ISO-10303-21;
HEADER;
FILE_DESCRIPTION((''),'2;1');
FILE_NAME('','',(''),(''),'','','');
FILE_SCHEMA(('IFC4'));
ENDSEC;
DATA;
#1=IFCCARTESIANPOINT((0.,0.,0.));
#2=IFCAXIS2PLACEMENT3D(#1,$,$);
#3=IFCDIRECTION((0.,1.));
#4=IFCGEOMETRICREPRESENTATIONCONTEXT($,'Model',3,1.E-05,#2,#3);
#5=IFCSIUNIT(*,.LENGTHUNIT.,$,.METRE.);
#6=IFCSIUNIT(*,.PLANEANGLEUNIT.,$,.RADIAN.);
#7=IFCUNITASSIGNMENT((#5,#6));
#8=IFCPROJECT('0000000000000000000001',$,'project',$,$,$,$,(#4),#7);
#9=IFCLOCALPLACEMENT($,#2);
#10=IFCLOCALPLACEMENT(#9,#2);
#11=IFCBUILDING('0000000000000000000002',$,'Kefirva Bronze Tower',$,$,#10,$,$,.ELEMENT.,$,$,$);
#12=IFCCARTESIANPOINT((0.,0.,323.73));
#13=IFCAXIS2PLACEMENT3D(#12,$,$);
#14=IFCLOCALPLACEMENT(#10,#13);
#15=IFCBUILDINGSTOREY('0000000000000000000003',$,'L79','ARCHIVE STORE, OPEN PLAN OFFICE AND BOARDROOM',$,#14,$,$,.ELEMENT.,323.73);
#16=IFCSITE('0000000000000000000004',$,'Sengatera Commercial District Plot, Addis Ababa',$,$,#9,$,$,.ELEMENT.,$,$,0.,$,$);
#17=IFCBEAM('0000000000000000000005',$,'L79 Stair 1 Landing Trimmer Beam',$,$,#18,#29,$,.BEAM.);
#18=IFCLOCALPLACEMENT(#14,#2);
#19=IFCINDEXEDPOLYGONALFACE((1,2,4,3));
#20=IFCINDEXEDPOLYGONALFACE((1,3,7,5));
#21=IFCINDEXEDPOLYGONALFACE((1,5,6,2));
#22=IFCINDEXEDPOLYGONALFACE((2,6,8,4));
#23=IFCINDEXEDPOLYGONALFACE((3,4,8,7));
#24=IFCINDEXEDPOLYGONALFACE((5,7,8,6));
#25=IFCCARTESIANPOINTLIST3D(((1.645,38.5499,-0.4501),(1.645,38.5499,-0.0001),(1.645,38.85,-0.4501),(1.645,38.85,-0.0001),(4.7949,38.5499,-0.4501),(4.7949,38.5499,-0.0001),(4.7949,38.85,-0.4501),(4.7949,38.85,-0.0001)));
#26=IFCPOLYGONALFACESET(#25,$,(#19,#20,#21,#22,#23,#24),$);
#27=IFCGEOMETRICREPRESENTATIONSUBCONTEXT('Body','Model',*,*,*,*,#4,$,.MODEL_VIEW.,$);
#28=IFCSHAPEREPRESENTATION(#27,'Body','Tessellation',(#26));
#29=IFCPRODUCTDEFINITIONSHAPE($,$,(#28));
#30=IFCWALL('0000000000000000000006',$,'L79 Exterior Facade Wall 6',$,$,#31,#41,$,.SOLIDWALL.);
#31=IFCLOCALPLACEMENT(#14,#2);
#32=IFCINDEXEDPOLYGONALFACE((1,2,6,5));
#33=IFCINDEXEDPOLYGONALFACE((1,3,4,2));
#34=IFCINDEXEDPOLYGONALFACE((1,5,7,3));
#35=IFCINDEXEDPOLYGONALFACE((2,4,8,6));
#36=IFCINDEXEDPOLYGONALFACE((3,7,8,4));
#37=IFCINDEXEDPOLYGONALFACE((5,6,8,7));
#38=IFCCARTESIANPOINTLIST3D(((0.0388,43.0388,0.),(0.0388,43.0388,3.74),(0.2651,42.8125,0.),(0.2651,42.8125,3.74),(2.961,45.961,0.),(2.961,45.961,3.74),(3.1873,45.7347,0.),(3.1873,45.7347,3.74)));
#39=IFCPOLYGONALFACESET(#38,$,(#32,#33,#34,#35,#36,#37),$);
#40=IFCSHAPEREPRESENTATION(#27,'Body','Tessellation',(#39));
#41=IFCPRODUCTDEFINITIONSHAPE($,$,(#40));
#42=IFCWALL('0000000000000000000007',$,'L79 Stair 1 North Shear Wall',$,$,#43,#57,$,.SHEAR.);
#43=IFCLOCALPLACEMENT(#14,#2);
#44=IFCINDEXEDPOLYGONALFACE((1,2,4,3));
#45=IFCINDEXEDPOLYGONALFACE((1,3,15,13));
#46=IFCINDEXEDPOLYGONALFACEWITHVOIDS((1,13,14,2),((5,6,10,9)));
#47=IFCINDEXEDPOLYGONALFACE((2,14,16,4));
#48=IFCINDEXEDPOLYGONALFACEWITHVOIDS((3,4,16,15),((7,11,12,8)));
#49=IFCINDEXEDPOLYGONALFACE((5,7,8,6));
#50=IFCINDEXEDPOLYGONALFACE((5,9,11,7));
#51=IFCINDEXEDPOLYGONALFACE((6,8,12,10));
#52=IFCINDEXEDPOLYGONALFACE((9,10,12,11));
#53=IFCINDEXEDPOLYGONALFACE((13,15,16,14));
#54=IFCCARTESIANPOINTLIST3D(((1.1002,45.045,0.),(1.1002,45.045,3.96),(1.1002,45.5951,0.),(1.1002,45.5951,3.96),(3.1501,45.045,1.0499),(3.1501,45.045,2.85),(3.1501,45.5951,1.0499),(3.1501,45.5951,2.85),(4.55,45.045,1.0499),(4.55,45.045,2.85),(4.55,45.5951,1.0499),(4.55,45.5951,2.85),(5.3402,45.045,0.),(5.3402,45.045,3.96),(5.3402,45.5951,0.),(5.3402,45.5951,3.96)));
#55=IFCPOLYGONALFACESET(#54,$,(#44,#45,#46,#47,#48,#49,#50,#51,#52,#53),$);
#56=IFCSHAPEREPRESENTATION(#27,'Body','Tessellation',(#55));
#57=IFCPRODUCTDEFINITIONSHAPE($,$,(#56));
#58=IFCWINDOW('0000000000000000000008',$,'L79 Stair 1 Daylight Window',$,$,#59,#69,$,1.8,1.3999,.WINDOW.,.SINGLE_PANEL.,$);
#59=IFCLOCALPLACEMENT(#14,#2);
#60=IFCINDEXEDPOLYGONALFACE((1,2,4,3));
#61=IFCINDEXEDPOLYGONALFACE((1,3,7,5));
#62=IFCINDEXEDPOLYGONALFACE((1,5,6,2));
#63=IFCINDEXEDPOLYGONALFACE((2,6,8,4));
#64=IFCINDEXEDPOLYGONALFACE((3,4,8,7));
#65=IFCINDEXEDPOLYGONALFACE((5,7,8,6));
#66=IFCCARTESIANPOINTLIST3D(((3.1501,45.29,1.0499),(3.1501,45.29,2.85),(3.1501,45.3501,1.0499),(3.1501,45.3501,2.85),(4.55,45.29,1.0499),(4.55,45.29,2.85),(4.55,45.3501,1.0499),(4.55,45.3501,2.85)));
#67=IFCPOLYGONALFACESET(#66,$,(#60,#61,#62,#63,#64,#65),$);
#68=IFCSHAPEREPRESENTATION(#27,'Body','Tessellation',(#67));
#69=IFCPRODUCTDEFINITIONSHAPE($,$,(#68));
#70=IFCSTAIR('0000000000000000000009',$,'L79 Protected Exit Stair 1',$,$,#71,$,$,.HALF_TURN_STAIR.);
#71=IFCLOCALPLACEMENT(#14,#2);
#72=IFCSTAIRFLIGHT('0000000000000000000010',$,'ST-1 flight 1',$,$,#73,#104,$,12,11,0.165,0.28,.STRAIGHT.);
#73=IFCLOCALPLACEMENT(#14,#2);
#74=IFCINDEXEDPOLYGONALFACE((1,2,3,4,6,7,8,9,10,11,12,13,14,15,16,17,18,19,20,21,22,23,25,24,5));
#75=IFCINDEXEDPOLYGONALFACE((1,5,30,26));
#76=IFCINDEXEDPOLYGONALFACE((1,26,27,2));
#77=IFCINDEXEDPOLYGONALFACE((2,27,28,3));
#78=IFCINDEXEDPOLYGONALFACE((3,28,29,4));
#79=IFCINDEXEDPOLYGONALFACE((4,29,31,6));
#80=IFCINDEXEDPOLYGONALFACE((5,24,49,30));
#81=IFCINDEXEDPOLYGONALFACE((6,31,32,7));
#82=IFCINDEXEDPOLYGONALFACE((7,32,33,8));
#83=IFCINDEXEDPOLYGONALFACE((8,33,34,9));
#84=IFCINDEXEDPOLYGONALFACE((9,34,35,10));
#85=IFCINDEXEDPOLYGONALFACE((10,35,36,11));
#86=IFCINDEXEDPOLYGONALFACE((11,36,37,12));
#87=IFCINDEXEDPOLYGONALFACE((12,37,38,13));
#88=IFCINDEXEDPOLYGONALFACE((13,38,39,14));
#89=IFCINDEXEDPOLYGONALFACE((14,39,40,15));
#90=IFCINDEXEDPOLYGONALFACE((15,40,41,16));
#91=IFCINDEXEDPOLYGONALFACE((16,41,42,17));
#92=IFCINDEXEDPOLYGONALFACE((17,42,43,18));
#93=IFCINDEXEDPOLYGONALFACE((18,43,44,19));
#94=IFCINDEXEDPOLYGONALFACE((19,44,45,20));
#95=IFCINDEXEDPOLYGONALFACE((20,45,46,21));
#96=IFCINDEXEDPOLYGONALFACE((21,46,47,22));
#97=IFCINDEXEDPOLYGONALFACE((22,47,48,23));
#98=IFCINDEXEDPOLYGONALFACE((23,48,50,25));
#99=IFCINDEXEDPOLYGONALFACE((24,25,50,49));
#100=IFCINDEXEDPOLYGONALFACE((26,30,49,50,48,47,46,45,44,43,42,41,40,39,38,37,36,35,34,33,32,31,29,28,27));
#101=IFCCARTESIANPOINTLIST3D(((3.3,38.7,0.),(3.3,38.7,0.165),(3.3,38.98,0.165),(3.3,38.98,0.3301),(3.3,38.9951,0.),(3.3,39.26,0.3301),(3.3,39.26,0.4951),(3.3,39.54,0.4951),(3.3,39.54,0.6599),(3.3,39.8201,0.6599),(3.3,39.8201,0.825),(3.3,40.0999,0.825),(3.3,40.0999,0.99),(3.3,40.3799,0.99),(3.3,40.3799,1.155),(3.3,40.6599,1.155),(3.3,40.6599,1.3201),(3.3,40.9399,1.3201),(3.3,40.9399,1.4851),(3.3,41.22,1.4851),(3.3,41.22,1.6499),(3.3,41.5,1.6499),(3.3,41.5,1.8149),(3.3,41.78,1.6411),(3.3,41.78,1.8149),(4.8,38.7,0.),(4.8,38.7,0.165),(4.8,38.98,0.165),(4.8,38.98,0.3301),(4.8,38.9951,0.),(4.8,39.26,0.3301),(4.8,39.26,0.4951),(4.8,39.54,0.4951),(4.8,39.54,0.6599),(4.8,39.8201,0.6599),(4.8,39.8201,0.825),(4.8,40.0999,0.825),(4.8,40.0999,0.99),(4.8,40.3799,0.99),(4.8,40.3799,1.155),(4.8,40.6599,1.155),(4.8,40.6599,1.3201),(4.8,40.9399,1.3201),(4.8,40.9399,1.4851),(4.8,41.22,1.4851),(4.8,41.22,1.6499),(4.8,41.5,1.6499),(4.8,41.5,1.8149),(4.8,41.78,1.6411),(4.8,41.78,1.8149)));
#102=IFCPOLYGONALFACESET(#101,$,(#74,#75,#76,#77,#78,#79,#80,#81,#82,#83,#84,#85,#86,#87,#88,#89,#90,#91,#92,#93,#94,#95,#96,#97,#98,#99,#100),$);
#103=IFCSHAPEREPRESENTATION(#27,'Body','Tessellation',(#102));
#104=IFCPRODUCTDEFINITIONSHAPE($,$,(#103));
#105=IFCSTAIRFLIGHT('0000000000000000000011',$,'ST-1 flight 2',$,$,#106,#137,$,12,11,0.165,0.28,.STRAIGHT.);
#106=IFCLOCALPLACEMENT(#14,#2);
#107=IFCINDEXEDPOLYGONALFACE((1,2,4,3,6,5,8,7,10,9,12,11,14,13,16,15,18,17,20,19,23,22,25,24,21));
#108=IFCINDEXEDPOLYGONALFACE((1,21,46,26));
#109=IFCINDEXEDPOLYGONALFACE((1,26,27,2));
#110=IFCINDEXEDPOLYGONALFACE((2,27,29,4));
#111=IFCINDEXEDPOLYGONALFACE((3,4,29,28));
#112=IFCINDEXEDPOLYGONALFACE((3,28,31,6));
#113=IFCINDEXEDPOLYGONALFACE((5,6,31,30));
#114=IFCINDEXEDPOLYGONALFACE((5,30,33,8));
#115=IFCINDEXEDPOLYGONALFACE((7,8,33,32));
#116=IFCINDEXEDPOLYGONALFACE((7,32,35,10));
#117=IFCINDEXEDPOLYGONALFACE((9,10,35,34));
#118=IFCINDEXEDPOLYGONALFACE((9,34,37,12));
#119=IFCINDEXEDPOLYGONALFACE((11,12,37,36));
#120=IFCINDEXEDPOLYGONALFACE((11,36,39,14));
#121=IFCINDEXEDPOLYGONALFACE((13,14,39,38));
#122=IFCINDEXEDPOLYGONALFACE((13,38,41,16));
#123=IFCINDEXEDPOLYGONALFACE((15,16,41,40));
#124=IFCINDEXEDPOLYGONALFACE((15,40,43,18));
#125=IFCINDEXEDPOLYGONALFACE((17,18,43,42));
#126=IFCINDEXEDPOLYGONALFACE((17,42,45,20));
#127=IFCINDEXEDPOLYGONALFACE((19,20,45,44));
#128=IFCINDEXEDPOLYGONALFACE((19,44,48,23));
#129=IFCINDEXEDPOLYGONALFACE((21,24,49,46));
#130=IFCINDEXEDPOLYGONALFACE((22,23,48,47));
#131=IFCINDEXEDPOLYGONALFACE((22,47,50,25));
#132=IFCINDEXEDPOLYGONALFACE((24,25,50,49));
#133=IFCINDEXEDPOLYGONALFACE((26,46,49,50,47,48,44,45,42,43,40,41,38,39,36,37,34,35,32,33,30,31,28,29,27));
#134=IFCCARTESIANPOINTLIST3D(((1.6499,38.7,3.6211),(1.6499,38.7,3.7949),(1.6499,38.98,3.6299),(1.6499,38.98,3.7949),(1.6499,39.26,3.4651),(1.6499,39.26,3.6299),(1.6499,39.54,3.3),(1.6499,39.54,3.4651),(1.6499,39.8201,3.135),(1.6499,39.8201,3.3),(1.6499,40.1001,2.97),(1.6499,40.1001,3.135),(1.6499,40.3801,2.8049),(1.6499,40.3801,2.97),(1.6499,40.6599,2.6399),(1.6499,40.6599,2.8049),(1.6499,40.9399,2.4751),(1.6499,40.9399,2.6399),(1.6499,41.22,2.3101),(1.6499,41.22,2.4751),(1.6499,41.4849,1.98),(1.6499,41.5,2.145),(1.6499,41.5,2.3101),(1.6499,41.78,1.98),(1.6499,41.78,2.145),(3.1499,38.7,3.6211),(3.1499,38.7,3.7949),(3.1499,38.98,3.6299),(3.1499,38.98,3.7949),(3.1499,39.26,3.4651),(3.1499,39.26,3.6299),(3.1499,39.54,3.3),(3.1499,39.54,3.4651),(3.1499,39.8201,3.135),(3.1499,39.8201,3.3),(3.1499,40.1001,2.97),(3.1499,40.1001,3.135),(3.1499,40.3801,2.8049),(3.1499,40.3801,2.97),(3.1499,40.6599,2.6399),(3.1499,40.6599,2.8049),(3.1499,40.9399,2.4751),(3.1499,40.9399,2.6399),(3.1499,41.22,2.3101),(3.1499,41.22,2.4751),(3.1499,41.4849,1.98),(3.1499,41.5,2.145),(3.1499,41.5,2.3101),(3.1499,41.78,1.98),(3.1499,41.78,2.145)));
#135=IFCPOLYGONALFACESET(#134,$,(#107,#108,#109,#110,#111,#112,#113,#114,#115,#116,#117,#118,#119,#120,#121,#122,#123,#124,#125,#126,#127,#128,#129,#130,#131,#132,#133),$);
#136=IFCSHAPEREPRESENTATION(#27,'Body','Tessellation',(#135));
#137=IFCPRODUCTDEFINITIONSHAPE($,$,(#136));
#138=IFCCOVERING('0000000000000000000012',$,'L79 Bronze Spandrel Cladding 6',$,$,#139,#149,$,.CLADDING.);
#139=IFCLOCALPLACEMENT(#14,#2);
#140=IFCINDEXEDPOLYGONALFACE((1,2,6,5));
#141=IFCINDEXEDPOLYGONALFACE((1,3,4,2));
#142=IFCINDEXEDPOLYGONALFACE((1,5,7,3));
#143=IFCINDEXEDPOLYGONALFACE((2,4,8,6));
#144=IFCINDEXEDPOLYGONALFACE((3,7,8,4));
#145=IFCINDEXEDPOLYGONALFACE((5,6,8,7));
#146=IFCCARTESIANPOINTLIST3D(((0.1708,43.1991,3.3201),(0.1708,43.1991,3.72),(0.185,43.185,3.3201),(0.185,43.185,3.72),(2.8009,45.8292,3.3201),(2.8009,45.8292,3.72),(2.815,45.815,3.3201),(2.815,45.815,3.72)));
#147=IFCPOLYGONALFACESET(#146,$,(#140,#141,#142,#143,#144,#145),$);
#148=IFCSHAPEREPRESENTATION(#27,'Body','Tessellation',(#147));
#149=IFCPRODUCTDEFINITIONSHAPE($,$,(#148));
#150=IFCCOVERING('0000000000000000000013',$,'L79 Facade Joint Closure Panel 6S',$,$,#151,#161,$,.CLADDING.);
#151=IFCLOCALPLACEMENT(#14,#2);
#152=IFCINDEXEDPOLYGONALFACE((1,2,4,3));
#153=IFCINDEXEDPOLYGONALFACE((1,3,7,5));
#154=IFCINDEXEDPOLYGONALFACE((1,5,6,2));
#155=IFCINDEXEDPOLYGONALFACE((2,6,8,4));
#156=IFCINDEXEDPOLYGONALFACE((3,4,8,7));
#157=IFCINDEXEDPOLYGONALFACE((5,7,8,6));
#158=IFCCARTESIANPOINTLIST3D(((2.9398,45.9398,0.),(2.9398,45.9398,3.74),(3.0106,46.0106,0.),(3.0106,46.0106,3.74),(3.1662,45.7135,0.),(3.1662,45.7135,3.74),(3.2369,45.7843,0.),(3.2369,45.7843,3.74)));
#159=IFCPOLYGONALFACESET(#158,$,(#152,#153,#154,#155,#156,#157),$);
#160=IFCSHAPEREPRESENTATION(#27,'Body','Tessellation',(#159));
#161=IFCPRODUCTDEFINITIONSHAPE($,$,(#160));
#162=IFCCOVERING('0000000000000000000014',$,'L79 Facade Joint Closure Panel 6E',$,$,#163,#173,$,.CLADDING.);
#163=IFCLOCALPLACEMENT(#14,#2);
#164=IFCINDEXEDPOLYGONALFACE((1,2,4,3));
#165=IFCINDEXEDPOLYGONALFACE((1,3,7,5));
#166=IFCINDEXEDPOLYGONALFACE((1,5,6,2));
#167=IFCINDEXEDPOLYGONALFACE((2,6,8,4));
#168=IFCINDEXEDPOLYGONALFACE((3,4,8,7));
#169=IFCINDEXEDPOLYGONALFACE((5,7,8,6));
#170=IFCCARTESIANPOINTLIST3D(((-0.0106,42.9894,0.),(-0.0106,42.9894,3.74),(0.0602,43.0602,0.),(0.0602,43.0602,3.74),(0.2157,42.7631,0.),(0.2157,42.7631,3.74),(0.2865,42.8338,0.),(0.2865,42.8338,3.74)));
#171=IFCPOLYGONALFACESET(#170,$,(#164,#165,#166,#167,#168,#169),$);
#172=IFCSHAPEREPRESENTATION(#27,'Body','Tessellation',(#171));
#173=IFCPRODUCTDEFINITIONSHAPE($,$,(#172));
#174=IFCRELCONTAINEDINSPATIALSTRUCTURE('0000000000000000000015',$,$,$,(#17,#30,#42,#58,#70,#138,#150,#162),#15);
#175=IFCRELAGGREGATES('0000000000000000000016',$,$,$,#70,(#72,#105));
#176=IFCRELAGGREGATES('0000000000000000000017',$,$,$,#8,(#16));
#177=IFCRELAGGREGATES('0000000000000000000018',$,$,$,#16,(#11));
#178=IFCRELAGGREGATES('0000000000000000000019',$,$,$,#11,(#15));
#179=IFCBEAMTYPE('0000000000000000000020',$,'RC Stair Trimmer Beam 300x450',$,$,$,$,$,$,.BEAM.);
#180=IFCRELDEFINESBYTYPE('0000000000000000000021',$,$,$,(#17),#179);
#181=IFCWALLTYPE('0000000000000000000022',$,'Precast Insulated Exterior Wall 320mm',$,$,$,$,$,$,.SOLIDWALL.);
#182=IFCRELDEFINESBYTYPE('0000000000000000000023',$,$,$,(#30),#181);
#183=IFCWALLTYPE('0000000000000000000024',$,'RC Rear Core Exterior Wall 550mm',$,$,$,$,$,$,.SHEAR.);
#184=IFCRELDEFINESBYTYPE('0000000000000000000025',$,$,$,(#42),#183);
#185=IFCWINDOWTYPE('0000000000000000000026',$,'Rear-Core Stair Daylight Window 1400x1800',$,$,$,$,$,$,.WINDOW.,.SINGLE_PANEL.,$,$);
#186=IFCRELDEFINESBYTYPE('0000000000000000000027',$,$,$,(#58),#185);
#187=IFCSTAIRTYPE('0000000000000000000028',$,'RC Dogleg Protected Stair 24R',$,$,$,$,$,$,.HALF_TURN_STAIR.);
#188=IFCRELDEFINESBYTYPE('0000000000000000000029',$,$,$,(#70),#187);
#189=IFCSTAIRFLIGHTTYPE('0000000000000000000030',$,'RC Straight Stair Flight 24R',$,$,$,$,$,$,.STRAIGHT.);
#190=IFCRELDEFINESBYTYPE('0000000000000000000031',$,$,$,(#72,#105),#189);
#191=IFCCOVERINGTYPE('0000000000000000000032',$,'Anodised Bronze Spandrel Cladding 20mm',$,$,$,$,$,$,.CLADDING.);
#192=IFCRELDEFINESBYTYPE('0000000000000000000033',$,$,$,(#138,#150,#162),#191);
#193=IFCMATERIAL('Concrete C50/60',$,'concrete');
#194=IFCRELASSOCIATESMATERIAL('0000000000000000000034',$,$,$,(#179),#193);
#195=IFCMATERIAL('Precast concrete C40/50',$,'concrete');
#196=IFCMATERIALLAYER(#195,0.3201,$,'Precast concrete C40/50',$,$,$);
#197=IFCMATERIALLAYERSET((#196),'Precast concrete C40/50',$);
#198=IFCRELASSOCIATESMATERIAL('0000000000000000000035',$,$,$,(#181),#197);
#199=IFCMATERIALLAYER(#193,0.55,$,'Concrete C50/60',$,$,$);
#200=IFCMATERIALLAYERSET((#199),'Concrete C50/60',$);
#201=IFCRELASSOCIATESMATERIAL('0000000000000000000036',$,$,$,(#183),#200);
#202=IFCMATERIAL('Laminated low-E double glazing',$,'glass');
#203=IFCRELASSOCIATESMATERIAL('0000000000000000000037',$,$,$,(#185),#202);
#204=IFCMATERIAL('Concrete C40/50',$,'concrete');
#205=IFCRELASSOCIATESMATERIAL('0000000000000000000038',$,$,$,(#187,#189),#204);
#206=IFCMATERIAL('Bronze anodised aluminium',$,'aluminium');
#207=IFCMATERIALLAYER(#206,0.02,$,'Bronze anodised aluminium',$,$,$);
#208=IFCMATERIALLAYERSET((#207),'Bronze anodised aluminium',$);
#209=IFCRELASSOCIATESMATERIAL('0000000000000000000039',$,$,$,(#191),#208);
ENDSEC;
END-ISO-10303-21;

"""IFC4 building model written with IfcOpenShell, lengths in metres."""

from ifc_helpers import new_model, si_unit, direction, frame, frame_2d, origin, origin_2d, place, context, subcontext, project, spatial, polyline, rectangle, outline, extrude, material, layer, layer_set, material_profile, profile_set, type_object, element, fill, aggregate, save


model = new_model("IFC4")

# Units and contexts
model_context = context("Model", 3, precision=1e-05, world=origin(), true_north=direction((0.0, 1.0)))
body_context = subcontext(model_context, "Body", "Model", "MODEL_VIEW")
ifc_project = project(units=[si_unit("LENGTHUNIT", "METRE"), si_unit("PLANEANGLEUNIT", "RADIAN")], contexts=[model_context])

# Site, building, storey
site_placement = place(None, origin())
site = spatial("IfcSite", under=ifc_project, at=site_placement, Name="Sengatera Commercial District Plot, Addis Ababa", CompositionType="ELEMENT", RefElevation=0.0)
building_placement = place(site_placement, origin())
building = spatial("IfcBuilding", under=site, at=building_placement, Name="Kefirva Bronze Tower", CompositionType="ELEMENT")
storey_placement = place(building_placement, frame((0.0, 0.0, 323.73)))
storey = spatial("IfcBuildingStorey", under=building, at=storey_placement, Name="L79", Description="ARCHIVE STORE, OPEN PLAN OFFICE AND BOARDROOM", CompositionType="ELEMENT", Elevation=323.73)

# Beam
ifc_material_1 = material(Name="Concrete C50/60", Category="concrete")
ifc_material_profile = material_profile(ifc_material_1, rectangle(XDim=0.3, YDim=0.45, at=origin_2d()), Name="RC 300x450")
ifc_profile_set = profile_set([ifc_material_profile], Name="Concrete C50/60")
beam_type = type_object("IfcBeamType", Name="RC Stair Trimmer Beam 300x450", PredefinedType="BEAM", material=ifc_profile_set)
beam_placement = place(storey_placement, frame((1.645, 38.7, -0.2251), z_axis=(1.0, 0.0, 0.0), x_axis=(0.0, 1.0, 0.0)))
element("IfcBeam", 1, at=beam_placement, inside=storey, type_object=beam_type, Name="L79 Stair 1 Landing Trimmer Beam", PredefinedType="BEAM", context=body_context, shape_type="SweptSolid", body=[
    extrude(rectangle(XDim=0.3, YDim=0.45, at=origin_2d()), origin(), (0.0, 0.0, 1.0), 3.1499),
])

# Wall
ifc_material_2 = material(Name="Precast concrete C40/50", Category="concrete")
ifc_layer_1 = layer(ifc_material_2, 0.3201, Name="Precast concrete C40/50")
ifc_layer_set_1 = layer_set([ifc_layer_1], Name="Precast concrete C40/50")
wall_type_1 = type_object("IfcWallType", Name="Precast Insulated Exterior Wall 320mm", PredefinedType="SOLIDWALL", material=ifc_layer_set_1)
wall_1_placement = place(storey_placement, frame((3.0742, 45.8479, 0.0), z_axis=(0.0, 0.0, 1.0), x_axis=(-0.707107, -0.707107, 0.0)))
element("IfcWall", 2, at=wall_1_placement, inside=storey, type_object=wall_type_1, Name="L79 Exterior Facade Wall 6", PredefinedType="SOLIDWALL", context=body_context, shape_type="SweptSolid", body=[
    extrude(rectangle(XDim=4.1326, YDim=0.3201, at=frame_2d((2.0664, 0.0))), origin(), (0.0, 0.0, 1.0), 3.74),
])

# Wall, opening, window
ifc_layer_2 = layer(ifc_material_1, 0.55, Name="Concrete C50/60")
ifc_layer_set_2 = layer_set([ifc_layer_2], Name="Concrete C50/60")
wall_type_2 = type_object("IfcWallType", Name="RC Rear Core Exterior Wall 550mm", PredefinedType="SHEAR", material=ifc_layer_set_2)
wall_2_placement = place(storey_placement, frame((1.1001, 45.3201, 0.0), z_axis=(0.0, 0.0, 1.0), x_axis=(1.0, 0.0, 0.0)))
wall_2 = element("IfcWall", 3, at=wall_2_placement, inside=storey, type_object=wall_type_2, Name="L79 Stair 1 North Shear Wall", PredefinedType="SHEAR", context=body_context, shape_type="SweptSolid", body=[
    extrude(rectangle(XDim=4.24, YDim=0.55, at=frame_2d((2.1201, 0.0))), origin(), (0.0, 0.0, 1.0), 3.96),
])
opening_1_placement = place(wall_2_placement, frame((2.05, 0.0, 1.05)))
opening_1 = element("IfcOpeningElement", 4, at=opening_1_placement, cuts=wall_2, PredefinedType="OPENING", context=body_context, shape_type="SweptSolid", body=[
    extrude(rectangle(XDim=1.3999, YDim=1.8, at=frame_2d((0.7, 0.8999))), frame((0.0, 0.2852, 0.0), z_axis=(0.0, -1.0, 0.0), x_axis=(1.0, 0.0, 0.0)), (0.0, 0.0, 1.0), 0.5701),
])
ifc_material_3 = material(Name="Laminated low-E double glazing", Category="glass")
window_type = type_object("IfcWindowType", Name="Rear-Core Stair Daylight Window 1400x1800", PartitioningType="SINGLE_PANEL", PredefinedType="WINDOW", material=ifc_material_3)
window_placement = place(opening_1_placement, origin())
window = element("IfcWindow", 5, at=window_placement, inside=storey, type_object=window_type, Name="L79 Stair 1 Daylight Window", OverallHeight=1.8, OverallWidth=1.3999, PartitioningType="SINGLE_PANEL", PredefinedType="WINDOW", context=body_context, shape_type="SweptSolid", body=[
    extrude(rectangle(XDim=1.3999, YDim=1.8, at=frame_2d((0.7, 0.8999))), frame((0.0, 0.03, 0.0), z_axis=(0.0, -1.0, 0.0), x_axis=(1.0, 0.0, 0.0)), (0.0, 0.0, 1.0), 0.0601),
])
fill(opening_1, window)

# Stair, stair flights
ifc_material_4 = material(Name="Concrete C40/50", Category="concrete")
stair_type = type_object("IfcStairType", Name="RC Dogleg Protected Stair 24R", PredefinedType="HALF_TURN_STAIR", material=ifc_material_4)
stair_placement = place(storey_placement, origin())
stair = element("IfcStair", 6, at=stair_placement, inside=storey, type_object=stair_type, Name="L79 Protected Exit Stair 1", PredefinedType="HALF_TURN_STAIR")
stair_flight_type = type_object("IfcStairFlightType", Name="RC Straight Stair Flight 24R", PredefinedType="STRAIGHT", material=ifc_material_4)
stair_flight_1_placement = place(storey_placement, frame((4.05, 38.7, 0.0), z_axis=(0.0, 0.0, 1.0), x_axis=(0.0, 1.0, 0.0)))
stair_flight_1 = element("IfcStairFlight", 7, at=stair_flight_1_placement, type_object=stair_flight_type, Name="ST-1 flight 1", NumberOfRisers=12, NumberOfTreads=11, PredefinedType="STRAIGHT", RiserHeight=0.165, TreadLength=0.28, context=body_context, shape_type="SweptSolid", body=[
    extrude(outline(polyline([(0.0, 0.0), (0.0, 0.165), (0.28, 0.165), (0.28, 0.3301), (0.5601, 0.3301), (0.5601, 0.4951), (0.8401, 0.4951), (0.8401, 0.6599), (1.1201, 0.6599), (1.1201, 0.825), (1.3999, 0.825), (1.3999, 0.99), (1.6799, 0.99), (1.6799, 1.155), (1.96, 1.155), (1.96, 1.3201), (2.24, 1.3201), (2.24, 1.4851), (2.52, 1.4851), (2.52, 1.6499), (2.8, 1.6499), (2.8, 1.8149), (3.0801, 1.8149), (3.0801, 1.98), (3.0801, 1.6411), (0.2952, 0.0), (0.0, 0.0)])), frame((0.0, 0.75, 0.0), z_axis=(0.0, -1.0, 0.0), x_axis=(1.0, 0.0, 0.0)), (0.0, 0.0, 1.0), 1.5),
])
stair_flight_2_placement = place(storey_placement, frame((2.3999, 41.78, 1.98), z_axis=(0.0, 0.0, 1.0), x_axis=(0.0, -1.0, 0.0)))
stair_flight_2 = element("IfcStairFlight", 8, at=stair_flight_2_placement, type_object=stair_flight_type, Name="ST-1 flight 2", NumberOfRisers=12, NumberOfTreads=11, PredefinedType="STRAIGHT", RiserHeight=0.165, TreadLength=0.28, context=body_context, shape_type="SweptSolid", body=[
    extrude(outline(polyline([(0.0, 0.0), (0.0, 0.165), (0.28, 0.165), (0.28, 0.3301), (0.5601, 0.3301), (0.5601, 0.4951), (0.8401, 0.4951), (0.8401, 0.6599), (1.1201, 0.6599), (1.1201, 0.825), (1.3999, 0.825), (1.3999, 0.99), (1.6799, 0.99), (1.6799, 1.155), (1.96, 1.155), (1.96, 1.3201), (2.24, 1.3201), (2.24, 1.4851), (2.52, 1.4851), (2.52, 1.6499), (2.8, 1.6499), (2.8, 1.8149), (3.0801, 1.8149), (3.0801, 1.98), (3.0801, 1.6411), (0.2952, 0.0), (0.0, 0.0)])), frame((0.0, 0.75, 0.0), z_axis=(0.0, -1.0, 0.0), x_axis=(1.0, 0.0, 0.0)), (0.0, 0.0, 1.0), 1.5),
])
aggregate(stair, [stair_flight_1, stair_flight_2])

# Coverings
ifc_material_5 = material(Name="Bronze anodised aluminium", Category="aluminium")
ifc_layer_3 = layer(ifc_material_5, 0.02, Name="Bronze anodised aluminium")
ifc_layer_set_3 = layer_set([ifc_layer_3], Name="Bronze anodised aluminium")
covering_type_1 = type_object("IfcCoveringType", Name="Anodised Bronze Spandrel Cladding 20mm", PredefinedType="CLADDING", material=ifc_layer_set_3)
covering_1_placement = place(storey_placement, frame((1.4929, 44.5071, 3.3201), z_axis=(0.0, 0.0, 1.0), x_axis=(-0.707107, -0.707107, 0.0)))
element("IfcCovering", 9, at=covering_1_placement, inside=storey, type_object=covering_type_1, Name="L79 Bronze Spandrel Cladding 6", PredefinedType="CLADDING", context=body_context, shape_type="SweptSolid", body=[
    extrude(rectangle(XDim=3.7195, YDim=0.02, at=origin_2d()), origin(), (0.0, 0.0, 1.0), 0.3999),
])
for number, where, z_axis, x_axis, name in (
    (10, (3.0884, 45.8621, 0.0), (0.0, 0.0, 1.0), (-0.707107, -0.707107, 0.0), "L79 Facade Joint Closure Panel 6S"),
    (11, (0.1379, 42.9116, 0.0), (0.0, 0.0, 1.0), (-0.707107, -0.707107, 0.0), "L79 Facade Joint Closure Panel 6E"),
):
    element("IfcCovering", number, at=place(storey_placement, frame(where, z_axis=z_axis, x_axis=x_axis)), inside=storey, type_object=covering_type_1, Name=name, PredefinedType="CLADDING", context=body_context, shape_type="SweptSolid", body=[
        extrude(rectangle(XDim=0.1001, YDim=0.3201, at=origin_2d()), origin(), (0.0, 0.0, 1.0), 3.74),
    ])

save(model, "model.ifc")
